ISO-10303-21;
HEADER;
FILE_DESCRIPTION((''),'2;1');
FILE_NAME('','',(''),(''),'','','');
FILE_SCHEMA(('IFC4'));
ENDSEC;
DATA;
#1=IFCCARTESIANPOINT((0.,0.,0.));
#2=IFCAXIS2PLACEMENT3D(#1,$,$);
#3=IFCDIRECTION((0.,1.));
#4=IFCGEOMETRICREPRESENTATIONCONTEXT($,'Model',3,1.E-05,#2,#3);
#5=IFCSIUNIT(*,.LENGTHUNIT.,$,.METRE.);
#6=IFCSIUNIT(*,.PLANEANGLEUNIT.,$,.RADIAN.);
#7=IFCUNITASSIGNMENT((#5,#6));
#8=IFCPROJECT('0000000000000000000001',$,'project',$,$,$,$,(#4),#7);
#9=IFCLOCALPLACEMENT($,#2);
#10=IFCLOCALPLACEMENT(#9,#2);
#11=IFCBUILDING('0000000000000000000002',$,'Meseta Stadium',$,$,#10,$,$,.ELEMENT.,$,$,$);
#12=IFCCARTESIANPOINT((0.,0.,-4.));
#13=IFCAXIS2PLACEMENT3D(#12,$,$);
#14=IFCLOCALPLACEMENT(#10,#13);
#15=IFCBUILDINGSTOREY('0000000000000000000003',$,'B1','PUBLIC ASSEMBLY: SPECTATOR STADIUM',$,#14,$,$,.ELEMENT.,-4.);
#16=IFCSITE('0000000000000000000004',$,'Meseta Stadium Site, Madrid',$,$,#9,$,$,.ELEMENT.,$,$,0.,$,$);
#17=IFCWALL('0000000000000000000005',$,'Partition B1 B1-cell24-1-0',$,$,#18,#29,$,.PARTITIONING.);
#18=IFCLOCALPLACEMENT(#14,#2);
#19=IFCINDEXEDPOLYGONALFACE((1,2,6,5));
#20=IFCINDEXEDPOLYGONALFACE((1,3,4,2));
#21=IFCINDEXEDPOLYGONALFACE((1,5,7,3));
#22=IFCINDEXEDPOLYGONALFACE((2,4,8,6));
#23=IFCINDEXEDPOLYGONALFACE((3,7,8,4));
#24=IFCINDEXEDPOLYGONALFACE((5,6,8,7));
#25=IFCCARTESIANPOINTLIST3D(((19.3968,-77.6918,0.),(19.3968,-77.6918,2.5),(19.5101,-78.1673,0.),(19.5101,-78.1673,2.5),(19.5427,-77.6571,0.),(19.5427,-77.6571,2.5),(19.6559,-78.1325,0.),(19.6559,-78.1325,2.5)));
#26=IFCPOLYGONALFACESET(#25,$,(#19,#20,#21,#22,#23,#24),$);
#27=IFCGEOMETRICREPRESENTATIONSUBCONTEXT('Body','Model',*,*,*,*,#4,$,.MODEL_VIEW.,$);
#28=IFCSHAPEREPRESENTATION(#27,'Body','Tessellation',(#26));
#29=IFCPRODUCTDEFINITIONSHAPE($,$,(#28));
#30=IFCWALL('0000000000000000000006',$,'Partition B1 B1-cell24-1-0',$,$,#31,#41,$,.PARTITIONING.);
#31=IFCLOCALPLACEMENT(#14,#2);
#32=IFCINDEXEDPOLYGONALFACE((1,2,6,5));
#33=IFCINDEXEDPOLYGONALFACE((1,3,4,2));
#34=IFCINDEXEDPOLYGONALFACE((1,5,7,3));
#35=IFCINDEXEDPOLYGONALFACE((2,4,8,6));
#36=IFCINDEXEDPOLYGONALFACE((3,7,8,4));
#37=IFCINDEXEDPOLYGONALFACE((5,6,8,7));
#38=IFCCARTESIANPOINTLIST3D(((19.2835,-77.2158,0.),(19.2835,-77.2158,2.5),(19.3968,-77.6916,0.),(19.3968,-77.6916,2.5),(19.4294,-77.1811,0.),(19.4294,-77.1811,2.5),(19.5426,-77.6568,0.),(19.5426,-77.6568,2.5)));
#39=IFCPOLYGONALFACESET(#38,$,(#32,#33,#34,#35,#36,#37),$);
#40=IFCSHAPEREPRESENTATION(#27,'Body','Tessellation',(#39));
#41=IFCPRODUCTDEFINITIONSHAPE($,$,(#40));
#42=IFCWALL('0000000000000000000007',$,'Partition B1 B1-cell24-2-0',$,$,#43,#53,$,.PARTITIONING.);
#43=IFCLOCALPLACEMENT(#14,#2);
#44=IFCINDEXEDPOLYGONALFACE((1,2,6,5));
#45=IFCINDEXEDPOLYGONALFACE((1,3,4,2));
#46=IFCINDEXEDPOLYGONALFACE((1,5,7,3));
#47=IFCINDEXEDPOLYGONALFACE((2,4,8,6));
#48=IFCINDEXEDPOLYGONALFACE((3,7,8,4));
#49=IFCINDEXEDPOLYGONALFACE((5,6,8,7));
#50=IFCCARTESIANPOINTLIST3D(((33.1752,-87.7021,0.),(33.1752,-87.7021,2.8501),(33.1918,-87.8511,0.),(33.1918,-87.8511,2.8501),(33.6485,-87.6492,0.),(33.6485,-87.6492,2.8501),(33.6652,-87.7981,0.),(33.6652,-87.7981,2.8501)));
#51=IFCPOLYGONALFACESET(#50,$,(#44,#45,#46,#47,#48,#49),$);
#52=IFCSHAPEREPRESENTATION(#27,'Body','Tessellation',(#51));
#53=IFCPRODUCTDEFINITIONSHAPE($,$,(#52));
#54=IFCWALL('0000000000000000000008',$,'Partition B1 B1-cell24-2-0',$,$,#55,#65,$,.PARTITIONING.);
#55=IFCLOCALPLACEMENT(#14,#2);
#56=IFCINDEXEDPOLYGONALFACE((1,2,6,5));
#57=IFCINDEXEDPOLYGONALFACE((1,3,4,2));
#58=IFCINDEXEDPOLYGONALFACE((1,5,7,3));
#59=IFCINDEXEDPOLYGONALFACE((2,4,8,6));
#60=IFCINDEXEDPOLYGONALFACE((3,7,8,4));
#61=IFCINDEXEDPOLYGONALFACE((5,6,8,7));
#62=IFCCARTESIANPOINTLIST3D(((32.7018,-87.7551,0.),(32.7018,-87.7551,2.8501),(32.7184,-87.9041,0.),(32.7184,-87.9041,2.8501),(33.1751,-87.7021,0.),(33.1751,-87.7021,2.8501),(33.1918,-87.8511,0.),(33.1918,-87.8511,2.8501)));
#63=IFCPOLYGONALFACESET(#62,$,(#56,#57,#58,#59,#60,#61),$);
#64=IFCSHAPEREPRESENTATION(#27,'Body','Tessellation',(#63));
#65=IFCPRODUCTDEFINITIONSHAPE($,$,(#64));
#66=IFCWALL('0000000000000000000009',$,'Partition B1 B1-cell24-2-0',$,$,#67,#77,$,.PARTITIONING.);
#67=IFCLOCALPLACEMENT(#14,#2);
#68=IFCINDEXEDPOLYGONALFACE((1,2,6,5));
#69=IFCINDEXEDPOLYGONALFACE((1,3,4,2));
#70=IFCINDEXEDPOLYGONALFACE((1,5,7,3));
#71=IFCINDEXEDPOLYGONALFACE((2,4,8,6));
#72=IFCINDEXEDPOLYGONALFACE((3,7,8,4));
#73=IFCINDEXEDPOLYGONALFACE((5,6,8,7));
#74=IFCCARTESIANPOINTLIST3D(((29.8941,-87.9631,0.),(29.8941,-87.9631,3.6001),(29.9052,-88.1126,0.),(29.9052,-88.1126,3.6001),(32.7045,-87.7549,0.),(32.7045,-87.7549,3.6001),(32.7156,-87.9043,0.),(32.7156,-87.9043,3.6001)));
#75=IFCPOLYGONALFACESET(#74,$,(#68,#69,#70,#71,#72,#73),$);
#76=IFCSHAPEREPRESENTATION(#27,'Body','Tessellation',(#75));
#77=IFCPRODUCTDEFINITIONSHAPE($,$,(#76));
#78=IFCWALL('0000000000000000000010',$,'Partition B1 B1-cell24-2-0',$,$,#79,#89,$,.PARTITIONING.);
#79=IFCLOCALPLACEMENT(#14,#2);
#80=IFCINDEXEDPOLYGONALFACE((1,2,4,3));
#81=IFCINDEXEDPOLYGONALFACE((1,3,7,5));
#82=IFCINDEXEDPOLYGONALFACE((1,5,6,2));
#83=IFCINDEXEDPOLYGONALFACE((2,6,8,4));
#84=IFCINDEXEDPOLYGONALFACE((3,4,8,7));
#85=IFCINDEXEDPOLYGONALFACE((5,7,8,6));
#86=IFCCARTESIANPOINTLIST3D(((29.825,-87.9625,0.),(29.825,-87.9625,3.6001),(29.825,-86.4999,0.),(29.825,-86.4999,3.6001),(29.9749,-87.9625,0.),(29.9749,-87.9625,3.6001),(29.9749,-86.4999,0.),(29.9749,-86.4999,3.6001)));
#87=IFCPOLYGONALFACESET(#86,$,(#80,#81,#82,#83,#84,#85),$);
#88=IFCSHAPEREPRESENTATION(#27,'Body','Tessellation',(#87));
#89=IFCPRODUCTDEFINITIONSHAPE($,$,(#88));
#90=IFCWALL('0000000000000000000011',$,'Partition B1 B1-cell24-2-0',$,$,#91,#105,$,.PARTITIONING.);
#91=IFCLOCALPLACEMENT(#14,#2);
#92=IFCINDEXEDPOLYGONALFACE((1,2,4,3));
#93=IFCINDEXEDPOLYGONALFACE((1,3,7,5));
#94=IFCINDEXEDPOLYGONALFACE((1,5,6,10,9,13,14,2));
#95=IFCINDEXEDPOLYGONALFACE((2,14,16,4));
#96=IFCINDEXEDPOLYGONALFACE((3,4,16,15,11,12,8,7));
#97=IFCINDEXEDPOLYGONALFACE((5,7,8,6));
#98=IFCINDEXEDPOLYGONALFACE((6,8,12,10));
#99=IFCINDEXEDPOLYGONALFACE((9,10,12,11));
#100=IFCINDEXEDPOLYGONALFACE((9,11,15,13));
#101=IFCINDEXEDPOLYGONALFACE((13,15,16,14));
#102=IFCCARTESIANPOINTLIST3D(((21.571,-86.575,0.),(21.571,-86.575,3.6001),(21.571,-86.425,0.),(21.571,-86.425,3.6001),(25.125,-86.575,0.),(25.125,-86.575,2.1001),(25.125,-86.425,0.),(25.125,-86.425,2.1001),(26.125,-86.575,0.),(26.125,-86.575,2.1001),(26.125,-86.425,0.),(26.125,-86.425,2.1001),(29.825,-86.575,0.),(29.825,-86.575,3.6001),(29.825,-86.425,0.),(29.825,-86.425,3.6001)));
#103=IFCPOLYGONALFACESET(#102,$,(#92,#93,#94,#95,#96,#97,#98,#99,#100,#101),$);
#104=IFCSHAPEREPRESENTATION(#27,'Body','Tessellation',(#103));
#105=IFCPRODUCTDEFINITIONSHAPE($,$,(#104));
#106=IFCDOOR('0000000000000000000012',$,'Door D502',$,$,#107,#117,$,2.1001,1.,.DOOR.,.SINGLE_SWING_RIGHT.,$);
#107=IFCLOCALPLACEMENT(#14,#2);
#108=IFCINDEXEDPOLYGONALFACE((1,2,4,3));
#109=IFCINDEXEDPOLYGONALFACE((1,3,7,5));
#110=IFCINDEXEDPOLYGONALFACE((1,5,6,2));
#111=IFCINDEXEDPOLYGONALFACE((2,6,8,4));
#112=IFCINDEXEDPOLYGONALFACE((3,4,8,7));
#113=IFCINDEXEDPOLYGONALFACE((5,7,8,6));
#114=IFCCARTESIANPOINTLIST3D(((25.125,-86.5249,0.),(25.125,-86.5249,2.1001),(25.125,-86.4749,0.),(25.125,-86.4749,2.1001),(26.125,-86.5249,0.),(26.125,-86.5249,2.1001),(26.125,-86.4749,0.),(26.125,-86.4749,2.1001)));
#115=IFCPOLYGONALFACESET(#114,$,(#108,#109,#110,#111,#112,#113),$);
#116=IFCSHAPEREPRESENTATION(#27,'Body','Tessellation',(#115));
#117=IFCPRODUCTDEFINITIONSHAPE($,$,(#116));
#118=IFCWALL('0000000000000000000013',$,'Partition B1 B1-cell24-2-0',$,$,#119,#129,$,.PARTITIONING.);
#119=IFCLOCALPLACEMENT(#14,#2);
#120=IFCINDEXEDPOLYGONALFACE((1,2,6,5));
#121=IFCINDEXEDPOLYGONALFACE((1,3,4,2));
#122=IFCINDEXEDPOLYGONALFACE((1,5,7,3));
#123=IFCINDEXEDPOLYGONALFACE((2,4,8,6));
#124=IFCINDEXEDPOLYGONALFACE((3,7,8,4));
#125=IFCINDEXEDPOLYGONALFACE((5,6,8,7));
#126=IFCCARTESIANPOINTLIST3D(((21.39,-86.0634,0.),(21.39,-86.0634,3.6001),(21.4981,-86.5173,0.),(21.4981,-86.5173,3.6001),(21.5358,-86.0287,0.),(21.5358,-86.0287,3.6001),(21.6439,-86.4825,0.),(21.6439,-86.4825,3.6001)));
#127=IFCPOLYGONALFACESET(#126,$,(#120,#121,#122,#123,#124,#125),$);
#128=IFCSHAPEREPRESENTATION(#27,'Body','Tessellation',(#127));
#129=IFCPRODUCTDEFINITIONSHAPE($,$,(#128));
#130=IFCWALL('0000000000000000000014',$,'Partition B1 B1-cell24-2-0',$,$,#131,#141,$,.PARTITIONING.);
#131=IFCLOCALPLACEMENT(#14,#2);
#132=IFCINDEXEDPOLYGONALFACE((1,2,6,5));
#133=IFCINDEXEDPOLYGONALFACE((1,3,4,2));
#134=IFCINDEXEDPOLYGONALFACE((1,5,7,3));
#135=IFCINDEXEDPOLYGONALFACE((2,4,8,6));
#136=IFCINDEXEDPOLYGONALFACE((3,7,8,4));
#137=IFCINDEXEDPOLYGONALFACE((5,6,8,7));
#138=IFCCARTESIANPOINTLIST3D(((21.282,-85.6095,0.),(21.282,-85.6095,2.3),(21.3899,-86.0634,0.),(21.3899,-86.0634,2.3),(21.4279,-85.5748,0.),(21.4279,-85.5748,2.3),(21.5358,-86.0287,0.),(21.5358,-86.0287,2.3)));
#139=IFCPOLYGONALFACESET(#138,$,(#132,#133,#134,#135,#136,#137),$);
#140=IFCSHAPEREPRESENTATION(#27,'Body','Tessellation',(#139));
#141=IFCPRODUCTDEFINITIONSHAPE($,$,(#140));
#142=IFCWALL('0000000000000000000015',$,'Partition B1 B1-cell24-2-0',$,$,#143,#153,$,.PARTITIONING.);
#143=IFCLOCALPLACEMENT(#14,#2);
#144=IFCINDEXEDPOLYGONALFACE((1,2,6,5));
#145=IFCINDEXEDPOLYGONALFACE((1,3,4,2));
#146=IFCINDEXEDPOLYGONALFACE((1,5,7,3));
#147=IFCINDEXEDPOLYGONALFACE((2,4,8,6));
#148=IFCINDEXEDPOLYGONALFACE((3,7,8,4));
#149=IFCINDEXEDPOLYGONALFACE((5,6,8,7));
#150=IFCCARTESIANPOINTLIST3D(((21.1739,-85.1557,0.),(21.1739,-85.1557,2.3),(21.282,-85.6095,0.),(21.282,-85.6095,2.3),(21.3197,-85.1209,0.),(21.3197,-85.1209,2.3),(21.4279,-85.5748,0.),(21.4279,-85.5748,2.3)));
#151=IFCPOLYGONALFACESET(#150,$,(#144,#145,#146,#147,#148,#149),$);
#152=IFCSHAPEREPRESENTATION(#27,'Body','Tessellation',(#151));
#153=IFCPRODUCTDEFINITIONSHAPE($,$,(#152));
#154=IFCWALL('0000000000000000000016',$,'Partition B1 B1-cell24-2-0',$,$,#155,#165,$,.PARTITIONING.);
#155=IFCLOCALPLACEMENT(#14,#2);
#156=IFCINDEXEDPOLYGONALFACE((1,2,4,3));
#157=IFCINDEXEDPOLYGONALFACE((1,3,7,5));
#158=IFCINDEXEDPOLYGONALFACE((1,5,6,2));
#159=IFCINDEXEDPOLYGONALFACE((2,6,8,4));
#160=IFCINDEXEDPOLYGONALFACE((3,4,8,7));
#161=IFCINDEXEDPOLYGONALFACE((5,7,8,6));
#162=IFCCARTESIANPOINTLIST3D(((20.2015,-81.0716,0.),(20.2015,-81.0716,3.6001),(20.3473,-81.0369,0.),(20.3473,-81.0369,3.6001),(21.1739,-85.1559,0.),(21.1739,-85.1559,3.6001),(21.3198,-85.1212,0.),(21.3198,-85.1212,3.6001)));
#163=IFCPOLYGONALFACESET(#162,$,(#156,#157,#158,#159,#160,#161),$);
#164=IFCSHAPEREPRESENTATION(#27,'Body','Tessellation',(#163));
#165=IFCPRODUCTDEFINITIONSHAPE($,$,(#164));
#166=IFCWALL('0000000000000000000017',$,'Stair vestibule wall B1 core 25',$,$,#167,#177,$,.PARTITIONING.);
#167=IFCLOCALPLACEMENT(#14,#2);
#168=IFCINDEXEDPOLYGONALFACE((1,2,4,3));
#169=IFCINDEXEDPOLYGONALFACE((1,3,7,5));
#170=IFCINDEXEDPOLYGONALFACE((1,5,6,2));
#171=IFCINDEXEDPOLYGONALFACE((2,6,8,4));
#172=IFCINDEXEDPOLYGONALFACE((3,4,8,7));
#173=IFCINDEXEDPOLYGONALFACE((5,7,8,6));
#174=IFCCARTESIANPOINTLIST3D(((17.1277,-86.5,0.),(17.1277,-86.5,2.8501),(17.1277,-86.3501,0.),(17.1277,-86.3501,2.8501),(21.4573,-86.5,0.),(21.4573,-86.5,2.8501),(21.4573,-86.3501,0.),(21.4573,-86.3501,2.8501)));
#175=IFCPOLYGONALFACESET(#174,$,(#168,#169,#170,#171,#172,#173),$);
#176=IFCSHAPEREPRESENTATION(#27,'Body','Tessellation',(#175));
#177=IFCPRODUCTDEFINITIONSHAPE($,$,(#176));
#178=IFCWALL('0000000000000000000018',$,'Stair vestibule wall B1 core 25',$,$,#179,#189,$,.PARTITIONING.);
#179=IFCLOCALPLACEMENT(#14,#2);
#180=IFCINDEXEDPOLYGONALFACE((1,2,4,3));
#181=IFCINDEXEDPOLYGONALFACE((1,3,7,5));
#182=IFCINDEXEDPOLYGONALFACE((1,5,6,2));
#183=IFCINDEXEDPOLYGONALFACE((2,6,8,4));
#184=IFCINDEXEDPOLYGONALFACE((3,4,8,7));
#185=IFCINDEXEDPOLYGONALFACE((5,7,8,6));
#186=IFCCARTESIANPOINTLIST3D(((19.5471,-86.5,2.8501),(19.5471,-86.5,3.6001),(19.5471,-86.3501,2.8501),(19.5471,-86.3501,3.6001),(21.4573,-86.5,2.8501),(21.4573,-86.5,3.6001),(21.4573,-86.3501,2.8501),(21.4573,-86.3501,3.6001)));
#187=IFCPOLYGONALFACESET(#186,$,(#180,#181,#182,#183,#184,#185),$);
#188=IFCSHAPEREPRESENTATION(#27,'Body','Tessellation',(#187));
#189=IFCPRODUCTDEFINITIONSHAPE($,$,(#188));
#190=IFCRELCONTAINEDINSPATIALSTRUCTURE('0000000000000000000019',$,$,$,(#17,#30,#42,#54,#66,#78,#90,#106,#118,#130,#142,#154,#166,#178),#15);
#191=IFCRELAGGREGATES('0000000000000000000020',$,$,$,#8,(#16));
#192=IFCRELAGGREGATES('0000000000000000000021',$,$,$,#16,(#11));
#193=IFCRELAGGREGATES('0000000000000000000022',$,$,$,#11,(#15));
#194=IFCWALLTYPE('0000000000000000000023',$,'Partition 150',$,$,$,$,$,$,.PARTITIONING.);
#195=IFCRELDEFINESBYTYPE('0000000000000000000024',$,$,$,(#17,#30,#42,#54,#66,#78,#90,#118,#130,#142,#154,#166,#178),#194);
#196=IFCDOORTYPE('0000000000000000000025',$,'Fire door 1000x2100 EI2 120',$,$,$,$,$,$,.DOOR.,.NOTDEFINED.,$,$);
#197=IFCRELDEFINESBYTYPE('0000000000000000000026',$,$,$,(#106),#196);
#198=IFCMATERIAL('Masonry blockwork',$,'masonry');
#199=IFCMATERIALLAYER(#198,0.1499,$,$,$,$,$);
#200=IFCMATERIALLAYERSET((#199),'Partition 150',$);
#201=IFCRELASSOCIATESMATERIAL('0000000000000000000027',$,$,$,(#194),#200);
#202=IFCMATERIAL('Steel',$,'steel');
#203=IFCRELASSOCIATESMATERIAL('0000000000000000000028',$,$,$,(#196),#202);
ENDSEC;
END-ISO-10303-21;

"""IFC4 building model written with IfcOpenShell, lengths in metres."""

from ifc_helpers import new_model, si_unit, direction, frame, frame_2d, origin, place, context, subcontext, project, spatial, rectangle, extrude, material, layer, layer_set, type_object, element, fill, save


model = new_model("IFC4")

# Units and contexts
model_context = context("Model", 3, precision=1e-05, world=origin(), true_north=direction((0.0, 1.0)))
body_context = subcontext(model_context, "Body", "Model", "MODEL_VIEW")
ifc_project = project(units=[si_unit("LENGTHUNIT", "METRE"), si_unit("PLANEANGLEUNIT", "RADIAN")], contexts=[model_context])

# Site, building, storey
site_placement = place(None, origin())
site = spatial("IfcSite", under=ifc_project, at=site_placement, Name="Meseta Stadium Site, Madrid", CompositionType="ELEMENT", RefElevation=0.0)
building_placement = place(site_placement, origin())
building = spatial("IfcBuilding", under=site, at=building_placement, Name="Meseta Stadium", CompositionType="ELEMENT")
storey_placement = place(building_placement, frame((0.0, 0.0, -4.0)))
storey = spatial("IfcBuildingStorey", under=building, at=storey_placement, Name="B1", Description="PUBLIC ASSEMBLY: SPECTATOR STADIUM", CompositionType="ELEMENT", Elevation=-4.0)

# Walls
ifc_material_1 = material(Name="Masonry blockwork", Category="masonry")
ifc_layer = layer(ifc_material_1, 0.1499)
ifc_layer_set = layer_set([ifc_layer], Name="Partition 150")
wall_type = type_object("IfcWallType", Name="Partition 150", PredefinedType="PARTITIONING", material=ifc_layer_set)
wall_1_placement = place(storey_placement, frame((19.583, -78.1499, 0.0), z_axis=(0.0, 0.0, 1.0), x_axis=(-0.231711, 0.972785, 0.0)))
element("IfcWall", 1, at=wall_1_placement, inside=storey, type_object=wall_type, Name="Partition B1 B1-cell24-1-0", PredefinedType="PARTITIONING", context=body_context, shape_type="SweptSolid", body=[
    extrude(rectangle(XDim=0.4888, YDim=0.1499, at=frame_2d((0.2444, 0.0))), origin(), (0.0, 0.0, 1.0), 2.5),
])
wall_2_placement = place(storey_placement, frame((19.4697, -77.6743, 0.0), z_axis=(0.0, 0.0, 1.0), x_axis=(-0.231598, 0.972812, 0.0)))
element("IfcWall", 2, at=wall_2_placement, inside=storey, type_object=wall_type, Name="Partition B1 B1-cell24-1-0", PredefinedType="PARTITIONING", context=body_context, shape_type="SweptSolid", body=[
    extrude(rectangle(XDim=0.489, YDim=0.1499, at=frame_2d((0.2446, 0.0))), origin(), (0.0, 0.0, 1.0), 2.5),
])
for number, where, z_axis, x_axis, name in (
    (3, (33.657, -87.7236, 0.0), (0.0, 0.0, 1.0), (-0.993796, -0.111219, 0.0), "Partition B1 B1-cell24-2-0"),
    (4, (33.1836, -87.7766, 0.0), (0.0, 0.0, 1.0), (-0.993796, -0.111219, 0.0), "Partition B1 B1-cell24-2-0"),
):
    element("IfcWall", number, at=place(storey_placement, frame(where, z_axis=z_axis, x_axis=x_axis)), inside=storey, type_object=wall_type, Name=name, PredefinedType="PARTITIONING", context=body_context, shape_type="SweptSolid", body=[
        extrude(rectangle(XDim=0.4763, YDim=0.1499, at=frame_2d((0.2383, 0.0))), origin(), (0.0, 0.0, 1.0), 2.8501),
    ])
wall_3_placement = place(storey_placement, frame((32.7102, -87.8296, 0.0), z_axis=(0.0, 0.0, 1.0), x_axis=(-0.997266, -0.0739, 0.0)))
element("IfcWall", 5, at=wall_3_placement, inside=storey, type_object=wall_type, Name="Partition B1 B1-cell24-2-0", PredefinedType="PARTITIONING", context=body_context, shape_type="SweptSolid", body=[
    extrude(rectangle(XDim=2.8181, YDim=0.1499, at=frame_2d((1.4092, 0.0))), origin(), (0.0, 0.0, 1.0), 3.6001),
])
wall_4_placement = place(storey_placement, frame((29.8999, -87.9626, 0.0), z_axis=(0.0, 0.0, 1.0), x_axis=(0.0, 1.0, 0.0)))
element("IfcWall", 6, at=wall_4_placement, inside=storey, type_object=wall_type, Name="Partition B1 B1-cell24-2-0", PredefinedType="PARTITIONING", context=body_context, shape_type="SweptSolid", body=[
    extrude(rectangle(XDim=1.4626, YDim=0.1499, at=frame_2d((0.7314, 0.0))), origin(), (0.0, 0.0, 1.0), 3.6001),
])

# Wall, opening, door
wall_5_placement = place(storey_placement, frame((29.825, -86.5, 0.0), z_axis=(0.0, 0.0, 1.0), x_axis=(-1.0, 0.0, 0.0)))
wall_5 = element("IfcWall", 7, at=wall_5_placement, inside=storey, type_object=wall_type, Name="Partition B1 B1-cell24-2-0", PredefinedType="PARTITIONING", context=body_context, shape_type="SweptSolid", body=[
    extrude(rectangle(XDim=8.2539, YDim=0.1499, at=frame_2d((4.127, 0.0))), origin(), (0.0, 0.0, 1.0), 3.6001),
])
opening_placement = place(wall_5_placement, frame((3.7, 0.0, 0.0)))
opening = element("IfcOpeningElement", 8, at=opening_placement, cuts=wall_5, PredefinedType="OPENING", context=body_context, shape_type="SweptSolid", body=[
    extrude(rectangle(XDim=1.0, YDim=2.1001, at=frame_2d((0.5, 1.05))), frame((0.0, 0.085, 0.0), z_axis=(0.0, -1.0, 0.0), x_axis=(1.0, 0.0, 0.0)), (0.0, 0.0, 1.0), 0.1699),
])
ifc_material_2 = material(Name="Steel", Category="steel")
door_type = type_object("IfcDoorType", Name="Fire door 1000x2100 EI2 120", OperationType="NOTDEFINED", PredefinedType="DOOR", material=ifc_material_2)
door_placement = place(opening_placement, origin())
door = element("IfcDoor", 9, at=door_placement, inside=storey, type_object=door_type, Name="Door D502", OperationType="SINGLE_SWING_RIGHT", OverallHeight=2.1001, OverallWidth=1.0, PredefinedType="DOOR", context=body_context, shape_type="SweptSolid", body=[
    extrude(rectangle(XDim=1.0, YDim=2.1001, at=frame_2d((0.5, 1.05))), frame((0.0, 0.0249, 0.0), z_axis=(0.0, -1.0, 0.0), x_axis=(1.0, 0.0, 0.0)), (0.0, 0.0, 1.0), 0.05),
])
fill(opening, door)

# Walls
wall_6_placement = place(storey_placement, frame((21.571, -86.5, 0.0), z_axis=(0.0, 0.0, 1.0), x_axis=(-0.231809, 0.972761, 0.0)))
element("IfcWall", 10, at=wall_6_placement, inside=storey, type_object=wall_type, Name="Partition B1 B1-cell24-2-0", PredefinedType="PARTITIONING", context=body_context, shape_type="SweptSolid", body=[
    extrude(rectangle(XDim=0.4666, YDim=0.1499, at=frame_2d((0.2334, 0.0))), origin(), (0.0, 0.0, 1.0), 3.6001),
])
for number, where, z_axis, x_axis, name in (
    (11, (21.4629, -86.0461, 0.0), (0.0, 0.0, 1.0), (-0.231314, 0.972879, 0.0), "Partition B1 B1-cell24-2-0"),
    (12, (21.355, -85.5923, 0.0), (0.0, 0.0, 1.0), (-0.231809, 0.972761, 0.0), "Partition B1 B1-cell24-2-0"),
):
    element("IfcWall", number, at=place(storey_placement, frame(where, z_axis=z_axis, x_axis=x_axis)), inside=storey, type_object=wall_type, Name=name, PredefinedType="PARTITIONING", context=body_context, shape_type="SweptSolid", body=[
        extrude(rectangle(XDim=0.4666, YDim=0.1499, at=frame_2d((0.2334, 0.0))), origin(), (0.0, 0.0, 1.0), 2.3),
    ])
wall_7_placement = place(storey_placement, frame((21.2468, -85.1384, 0.0), z_axis=(0.0, 0.0, 1.0), x_axis=(-0.231615, 0.972807, 0.0)))
element("IfcWall", 13, at=wall_7_placement, inside=storey, type_object=wall_type, Name="Partition B1 B1-cell24-2-0", PredefinedType="PARTITIONING", context=body_context, shape_type="SweptSolid", body=[
    extrude(rectangle(XDim=4.1985, YDim=0.1499, at=frame_2d((2.0991, 0.0))), origin(), (0.0, 0.0, 1.0), 3.6001),
])
wall_8_placement = place(storey_placement, frame((21.4573, -86.425, 0.0), z_axis=(0.0, 0.0, 1.0), x_axis=(-1.0, 0.0, 0.0)))
element("IfcWall", 14, at=wall_8_placement, inside=storey, type_object=wall_type, Name="Stair vestibule wall B1 core 25", PredefinedType="PARTITIONING", context=body_context, shape_type="SweptSolid", body=[
    extrude(rectangle(XDim=4.3296, YDim=0.1499, at=frame_2d((2.1648, 0.0))), origin(), (0.0, 0.0, 1.0), 2.8501),
])
wall_9_placement = place(storey_placement, frame((21.4573, -86.425, 2.8501), z_axis=(0.0, 0.0, 1.0), x_axis=(-1.0, 0.0, 0.0)))
element("IfcWall", 15, at=wall_9_placement, inside=storey, type_object=wall_type, Name="Stair vestibule wall B1 core 25", PredefinedType="PARTITIONING", context=body_context, shape_type="SweptSolid", body=[
    extrude(rectangle(XDim=1.9102, YDim=0.1499, at=frame_2d((0.9551, 0.0))), origin(), (0.0, 0.0, 1.0), 0.75),
])

save(model, "model.ifc")
